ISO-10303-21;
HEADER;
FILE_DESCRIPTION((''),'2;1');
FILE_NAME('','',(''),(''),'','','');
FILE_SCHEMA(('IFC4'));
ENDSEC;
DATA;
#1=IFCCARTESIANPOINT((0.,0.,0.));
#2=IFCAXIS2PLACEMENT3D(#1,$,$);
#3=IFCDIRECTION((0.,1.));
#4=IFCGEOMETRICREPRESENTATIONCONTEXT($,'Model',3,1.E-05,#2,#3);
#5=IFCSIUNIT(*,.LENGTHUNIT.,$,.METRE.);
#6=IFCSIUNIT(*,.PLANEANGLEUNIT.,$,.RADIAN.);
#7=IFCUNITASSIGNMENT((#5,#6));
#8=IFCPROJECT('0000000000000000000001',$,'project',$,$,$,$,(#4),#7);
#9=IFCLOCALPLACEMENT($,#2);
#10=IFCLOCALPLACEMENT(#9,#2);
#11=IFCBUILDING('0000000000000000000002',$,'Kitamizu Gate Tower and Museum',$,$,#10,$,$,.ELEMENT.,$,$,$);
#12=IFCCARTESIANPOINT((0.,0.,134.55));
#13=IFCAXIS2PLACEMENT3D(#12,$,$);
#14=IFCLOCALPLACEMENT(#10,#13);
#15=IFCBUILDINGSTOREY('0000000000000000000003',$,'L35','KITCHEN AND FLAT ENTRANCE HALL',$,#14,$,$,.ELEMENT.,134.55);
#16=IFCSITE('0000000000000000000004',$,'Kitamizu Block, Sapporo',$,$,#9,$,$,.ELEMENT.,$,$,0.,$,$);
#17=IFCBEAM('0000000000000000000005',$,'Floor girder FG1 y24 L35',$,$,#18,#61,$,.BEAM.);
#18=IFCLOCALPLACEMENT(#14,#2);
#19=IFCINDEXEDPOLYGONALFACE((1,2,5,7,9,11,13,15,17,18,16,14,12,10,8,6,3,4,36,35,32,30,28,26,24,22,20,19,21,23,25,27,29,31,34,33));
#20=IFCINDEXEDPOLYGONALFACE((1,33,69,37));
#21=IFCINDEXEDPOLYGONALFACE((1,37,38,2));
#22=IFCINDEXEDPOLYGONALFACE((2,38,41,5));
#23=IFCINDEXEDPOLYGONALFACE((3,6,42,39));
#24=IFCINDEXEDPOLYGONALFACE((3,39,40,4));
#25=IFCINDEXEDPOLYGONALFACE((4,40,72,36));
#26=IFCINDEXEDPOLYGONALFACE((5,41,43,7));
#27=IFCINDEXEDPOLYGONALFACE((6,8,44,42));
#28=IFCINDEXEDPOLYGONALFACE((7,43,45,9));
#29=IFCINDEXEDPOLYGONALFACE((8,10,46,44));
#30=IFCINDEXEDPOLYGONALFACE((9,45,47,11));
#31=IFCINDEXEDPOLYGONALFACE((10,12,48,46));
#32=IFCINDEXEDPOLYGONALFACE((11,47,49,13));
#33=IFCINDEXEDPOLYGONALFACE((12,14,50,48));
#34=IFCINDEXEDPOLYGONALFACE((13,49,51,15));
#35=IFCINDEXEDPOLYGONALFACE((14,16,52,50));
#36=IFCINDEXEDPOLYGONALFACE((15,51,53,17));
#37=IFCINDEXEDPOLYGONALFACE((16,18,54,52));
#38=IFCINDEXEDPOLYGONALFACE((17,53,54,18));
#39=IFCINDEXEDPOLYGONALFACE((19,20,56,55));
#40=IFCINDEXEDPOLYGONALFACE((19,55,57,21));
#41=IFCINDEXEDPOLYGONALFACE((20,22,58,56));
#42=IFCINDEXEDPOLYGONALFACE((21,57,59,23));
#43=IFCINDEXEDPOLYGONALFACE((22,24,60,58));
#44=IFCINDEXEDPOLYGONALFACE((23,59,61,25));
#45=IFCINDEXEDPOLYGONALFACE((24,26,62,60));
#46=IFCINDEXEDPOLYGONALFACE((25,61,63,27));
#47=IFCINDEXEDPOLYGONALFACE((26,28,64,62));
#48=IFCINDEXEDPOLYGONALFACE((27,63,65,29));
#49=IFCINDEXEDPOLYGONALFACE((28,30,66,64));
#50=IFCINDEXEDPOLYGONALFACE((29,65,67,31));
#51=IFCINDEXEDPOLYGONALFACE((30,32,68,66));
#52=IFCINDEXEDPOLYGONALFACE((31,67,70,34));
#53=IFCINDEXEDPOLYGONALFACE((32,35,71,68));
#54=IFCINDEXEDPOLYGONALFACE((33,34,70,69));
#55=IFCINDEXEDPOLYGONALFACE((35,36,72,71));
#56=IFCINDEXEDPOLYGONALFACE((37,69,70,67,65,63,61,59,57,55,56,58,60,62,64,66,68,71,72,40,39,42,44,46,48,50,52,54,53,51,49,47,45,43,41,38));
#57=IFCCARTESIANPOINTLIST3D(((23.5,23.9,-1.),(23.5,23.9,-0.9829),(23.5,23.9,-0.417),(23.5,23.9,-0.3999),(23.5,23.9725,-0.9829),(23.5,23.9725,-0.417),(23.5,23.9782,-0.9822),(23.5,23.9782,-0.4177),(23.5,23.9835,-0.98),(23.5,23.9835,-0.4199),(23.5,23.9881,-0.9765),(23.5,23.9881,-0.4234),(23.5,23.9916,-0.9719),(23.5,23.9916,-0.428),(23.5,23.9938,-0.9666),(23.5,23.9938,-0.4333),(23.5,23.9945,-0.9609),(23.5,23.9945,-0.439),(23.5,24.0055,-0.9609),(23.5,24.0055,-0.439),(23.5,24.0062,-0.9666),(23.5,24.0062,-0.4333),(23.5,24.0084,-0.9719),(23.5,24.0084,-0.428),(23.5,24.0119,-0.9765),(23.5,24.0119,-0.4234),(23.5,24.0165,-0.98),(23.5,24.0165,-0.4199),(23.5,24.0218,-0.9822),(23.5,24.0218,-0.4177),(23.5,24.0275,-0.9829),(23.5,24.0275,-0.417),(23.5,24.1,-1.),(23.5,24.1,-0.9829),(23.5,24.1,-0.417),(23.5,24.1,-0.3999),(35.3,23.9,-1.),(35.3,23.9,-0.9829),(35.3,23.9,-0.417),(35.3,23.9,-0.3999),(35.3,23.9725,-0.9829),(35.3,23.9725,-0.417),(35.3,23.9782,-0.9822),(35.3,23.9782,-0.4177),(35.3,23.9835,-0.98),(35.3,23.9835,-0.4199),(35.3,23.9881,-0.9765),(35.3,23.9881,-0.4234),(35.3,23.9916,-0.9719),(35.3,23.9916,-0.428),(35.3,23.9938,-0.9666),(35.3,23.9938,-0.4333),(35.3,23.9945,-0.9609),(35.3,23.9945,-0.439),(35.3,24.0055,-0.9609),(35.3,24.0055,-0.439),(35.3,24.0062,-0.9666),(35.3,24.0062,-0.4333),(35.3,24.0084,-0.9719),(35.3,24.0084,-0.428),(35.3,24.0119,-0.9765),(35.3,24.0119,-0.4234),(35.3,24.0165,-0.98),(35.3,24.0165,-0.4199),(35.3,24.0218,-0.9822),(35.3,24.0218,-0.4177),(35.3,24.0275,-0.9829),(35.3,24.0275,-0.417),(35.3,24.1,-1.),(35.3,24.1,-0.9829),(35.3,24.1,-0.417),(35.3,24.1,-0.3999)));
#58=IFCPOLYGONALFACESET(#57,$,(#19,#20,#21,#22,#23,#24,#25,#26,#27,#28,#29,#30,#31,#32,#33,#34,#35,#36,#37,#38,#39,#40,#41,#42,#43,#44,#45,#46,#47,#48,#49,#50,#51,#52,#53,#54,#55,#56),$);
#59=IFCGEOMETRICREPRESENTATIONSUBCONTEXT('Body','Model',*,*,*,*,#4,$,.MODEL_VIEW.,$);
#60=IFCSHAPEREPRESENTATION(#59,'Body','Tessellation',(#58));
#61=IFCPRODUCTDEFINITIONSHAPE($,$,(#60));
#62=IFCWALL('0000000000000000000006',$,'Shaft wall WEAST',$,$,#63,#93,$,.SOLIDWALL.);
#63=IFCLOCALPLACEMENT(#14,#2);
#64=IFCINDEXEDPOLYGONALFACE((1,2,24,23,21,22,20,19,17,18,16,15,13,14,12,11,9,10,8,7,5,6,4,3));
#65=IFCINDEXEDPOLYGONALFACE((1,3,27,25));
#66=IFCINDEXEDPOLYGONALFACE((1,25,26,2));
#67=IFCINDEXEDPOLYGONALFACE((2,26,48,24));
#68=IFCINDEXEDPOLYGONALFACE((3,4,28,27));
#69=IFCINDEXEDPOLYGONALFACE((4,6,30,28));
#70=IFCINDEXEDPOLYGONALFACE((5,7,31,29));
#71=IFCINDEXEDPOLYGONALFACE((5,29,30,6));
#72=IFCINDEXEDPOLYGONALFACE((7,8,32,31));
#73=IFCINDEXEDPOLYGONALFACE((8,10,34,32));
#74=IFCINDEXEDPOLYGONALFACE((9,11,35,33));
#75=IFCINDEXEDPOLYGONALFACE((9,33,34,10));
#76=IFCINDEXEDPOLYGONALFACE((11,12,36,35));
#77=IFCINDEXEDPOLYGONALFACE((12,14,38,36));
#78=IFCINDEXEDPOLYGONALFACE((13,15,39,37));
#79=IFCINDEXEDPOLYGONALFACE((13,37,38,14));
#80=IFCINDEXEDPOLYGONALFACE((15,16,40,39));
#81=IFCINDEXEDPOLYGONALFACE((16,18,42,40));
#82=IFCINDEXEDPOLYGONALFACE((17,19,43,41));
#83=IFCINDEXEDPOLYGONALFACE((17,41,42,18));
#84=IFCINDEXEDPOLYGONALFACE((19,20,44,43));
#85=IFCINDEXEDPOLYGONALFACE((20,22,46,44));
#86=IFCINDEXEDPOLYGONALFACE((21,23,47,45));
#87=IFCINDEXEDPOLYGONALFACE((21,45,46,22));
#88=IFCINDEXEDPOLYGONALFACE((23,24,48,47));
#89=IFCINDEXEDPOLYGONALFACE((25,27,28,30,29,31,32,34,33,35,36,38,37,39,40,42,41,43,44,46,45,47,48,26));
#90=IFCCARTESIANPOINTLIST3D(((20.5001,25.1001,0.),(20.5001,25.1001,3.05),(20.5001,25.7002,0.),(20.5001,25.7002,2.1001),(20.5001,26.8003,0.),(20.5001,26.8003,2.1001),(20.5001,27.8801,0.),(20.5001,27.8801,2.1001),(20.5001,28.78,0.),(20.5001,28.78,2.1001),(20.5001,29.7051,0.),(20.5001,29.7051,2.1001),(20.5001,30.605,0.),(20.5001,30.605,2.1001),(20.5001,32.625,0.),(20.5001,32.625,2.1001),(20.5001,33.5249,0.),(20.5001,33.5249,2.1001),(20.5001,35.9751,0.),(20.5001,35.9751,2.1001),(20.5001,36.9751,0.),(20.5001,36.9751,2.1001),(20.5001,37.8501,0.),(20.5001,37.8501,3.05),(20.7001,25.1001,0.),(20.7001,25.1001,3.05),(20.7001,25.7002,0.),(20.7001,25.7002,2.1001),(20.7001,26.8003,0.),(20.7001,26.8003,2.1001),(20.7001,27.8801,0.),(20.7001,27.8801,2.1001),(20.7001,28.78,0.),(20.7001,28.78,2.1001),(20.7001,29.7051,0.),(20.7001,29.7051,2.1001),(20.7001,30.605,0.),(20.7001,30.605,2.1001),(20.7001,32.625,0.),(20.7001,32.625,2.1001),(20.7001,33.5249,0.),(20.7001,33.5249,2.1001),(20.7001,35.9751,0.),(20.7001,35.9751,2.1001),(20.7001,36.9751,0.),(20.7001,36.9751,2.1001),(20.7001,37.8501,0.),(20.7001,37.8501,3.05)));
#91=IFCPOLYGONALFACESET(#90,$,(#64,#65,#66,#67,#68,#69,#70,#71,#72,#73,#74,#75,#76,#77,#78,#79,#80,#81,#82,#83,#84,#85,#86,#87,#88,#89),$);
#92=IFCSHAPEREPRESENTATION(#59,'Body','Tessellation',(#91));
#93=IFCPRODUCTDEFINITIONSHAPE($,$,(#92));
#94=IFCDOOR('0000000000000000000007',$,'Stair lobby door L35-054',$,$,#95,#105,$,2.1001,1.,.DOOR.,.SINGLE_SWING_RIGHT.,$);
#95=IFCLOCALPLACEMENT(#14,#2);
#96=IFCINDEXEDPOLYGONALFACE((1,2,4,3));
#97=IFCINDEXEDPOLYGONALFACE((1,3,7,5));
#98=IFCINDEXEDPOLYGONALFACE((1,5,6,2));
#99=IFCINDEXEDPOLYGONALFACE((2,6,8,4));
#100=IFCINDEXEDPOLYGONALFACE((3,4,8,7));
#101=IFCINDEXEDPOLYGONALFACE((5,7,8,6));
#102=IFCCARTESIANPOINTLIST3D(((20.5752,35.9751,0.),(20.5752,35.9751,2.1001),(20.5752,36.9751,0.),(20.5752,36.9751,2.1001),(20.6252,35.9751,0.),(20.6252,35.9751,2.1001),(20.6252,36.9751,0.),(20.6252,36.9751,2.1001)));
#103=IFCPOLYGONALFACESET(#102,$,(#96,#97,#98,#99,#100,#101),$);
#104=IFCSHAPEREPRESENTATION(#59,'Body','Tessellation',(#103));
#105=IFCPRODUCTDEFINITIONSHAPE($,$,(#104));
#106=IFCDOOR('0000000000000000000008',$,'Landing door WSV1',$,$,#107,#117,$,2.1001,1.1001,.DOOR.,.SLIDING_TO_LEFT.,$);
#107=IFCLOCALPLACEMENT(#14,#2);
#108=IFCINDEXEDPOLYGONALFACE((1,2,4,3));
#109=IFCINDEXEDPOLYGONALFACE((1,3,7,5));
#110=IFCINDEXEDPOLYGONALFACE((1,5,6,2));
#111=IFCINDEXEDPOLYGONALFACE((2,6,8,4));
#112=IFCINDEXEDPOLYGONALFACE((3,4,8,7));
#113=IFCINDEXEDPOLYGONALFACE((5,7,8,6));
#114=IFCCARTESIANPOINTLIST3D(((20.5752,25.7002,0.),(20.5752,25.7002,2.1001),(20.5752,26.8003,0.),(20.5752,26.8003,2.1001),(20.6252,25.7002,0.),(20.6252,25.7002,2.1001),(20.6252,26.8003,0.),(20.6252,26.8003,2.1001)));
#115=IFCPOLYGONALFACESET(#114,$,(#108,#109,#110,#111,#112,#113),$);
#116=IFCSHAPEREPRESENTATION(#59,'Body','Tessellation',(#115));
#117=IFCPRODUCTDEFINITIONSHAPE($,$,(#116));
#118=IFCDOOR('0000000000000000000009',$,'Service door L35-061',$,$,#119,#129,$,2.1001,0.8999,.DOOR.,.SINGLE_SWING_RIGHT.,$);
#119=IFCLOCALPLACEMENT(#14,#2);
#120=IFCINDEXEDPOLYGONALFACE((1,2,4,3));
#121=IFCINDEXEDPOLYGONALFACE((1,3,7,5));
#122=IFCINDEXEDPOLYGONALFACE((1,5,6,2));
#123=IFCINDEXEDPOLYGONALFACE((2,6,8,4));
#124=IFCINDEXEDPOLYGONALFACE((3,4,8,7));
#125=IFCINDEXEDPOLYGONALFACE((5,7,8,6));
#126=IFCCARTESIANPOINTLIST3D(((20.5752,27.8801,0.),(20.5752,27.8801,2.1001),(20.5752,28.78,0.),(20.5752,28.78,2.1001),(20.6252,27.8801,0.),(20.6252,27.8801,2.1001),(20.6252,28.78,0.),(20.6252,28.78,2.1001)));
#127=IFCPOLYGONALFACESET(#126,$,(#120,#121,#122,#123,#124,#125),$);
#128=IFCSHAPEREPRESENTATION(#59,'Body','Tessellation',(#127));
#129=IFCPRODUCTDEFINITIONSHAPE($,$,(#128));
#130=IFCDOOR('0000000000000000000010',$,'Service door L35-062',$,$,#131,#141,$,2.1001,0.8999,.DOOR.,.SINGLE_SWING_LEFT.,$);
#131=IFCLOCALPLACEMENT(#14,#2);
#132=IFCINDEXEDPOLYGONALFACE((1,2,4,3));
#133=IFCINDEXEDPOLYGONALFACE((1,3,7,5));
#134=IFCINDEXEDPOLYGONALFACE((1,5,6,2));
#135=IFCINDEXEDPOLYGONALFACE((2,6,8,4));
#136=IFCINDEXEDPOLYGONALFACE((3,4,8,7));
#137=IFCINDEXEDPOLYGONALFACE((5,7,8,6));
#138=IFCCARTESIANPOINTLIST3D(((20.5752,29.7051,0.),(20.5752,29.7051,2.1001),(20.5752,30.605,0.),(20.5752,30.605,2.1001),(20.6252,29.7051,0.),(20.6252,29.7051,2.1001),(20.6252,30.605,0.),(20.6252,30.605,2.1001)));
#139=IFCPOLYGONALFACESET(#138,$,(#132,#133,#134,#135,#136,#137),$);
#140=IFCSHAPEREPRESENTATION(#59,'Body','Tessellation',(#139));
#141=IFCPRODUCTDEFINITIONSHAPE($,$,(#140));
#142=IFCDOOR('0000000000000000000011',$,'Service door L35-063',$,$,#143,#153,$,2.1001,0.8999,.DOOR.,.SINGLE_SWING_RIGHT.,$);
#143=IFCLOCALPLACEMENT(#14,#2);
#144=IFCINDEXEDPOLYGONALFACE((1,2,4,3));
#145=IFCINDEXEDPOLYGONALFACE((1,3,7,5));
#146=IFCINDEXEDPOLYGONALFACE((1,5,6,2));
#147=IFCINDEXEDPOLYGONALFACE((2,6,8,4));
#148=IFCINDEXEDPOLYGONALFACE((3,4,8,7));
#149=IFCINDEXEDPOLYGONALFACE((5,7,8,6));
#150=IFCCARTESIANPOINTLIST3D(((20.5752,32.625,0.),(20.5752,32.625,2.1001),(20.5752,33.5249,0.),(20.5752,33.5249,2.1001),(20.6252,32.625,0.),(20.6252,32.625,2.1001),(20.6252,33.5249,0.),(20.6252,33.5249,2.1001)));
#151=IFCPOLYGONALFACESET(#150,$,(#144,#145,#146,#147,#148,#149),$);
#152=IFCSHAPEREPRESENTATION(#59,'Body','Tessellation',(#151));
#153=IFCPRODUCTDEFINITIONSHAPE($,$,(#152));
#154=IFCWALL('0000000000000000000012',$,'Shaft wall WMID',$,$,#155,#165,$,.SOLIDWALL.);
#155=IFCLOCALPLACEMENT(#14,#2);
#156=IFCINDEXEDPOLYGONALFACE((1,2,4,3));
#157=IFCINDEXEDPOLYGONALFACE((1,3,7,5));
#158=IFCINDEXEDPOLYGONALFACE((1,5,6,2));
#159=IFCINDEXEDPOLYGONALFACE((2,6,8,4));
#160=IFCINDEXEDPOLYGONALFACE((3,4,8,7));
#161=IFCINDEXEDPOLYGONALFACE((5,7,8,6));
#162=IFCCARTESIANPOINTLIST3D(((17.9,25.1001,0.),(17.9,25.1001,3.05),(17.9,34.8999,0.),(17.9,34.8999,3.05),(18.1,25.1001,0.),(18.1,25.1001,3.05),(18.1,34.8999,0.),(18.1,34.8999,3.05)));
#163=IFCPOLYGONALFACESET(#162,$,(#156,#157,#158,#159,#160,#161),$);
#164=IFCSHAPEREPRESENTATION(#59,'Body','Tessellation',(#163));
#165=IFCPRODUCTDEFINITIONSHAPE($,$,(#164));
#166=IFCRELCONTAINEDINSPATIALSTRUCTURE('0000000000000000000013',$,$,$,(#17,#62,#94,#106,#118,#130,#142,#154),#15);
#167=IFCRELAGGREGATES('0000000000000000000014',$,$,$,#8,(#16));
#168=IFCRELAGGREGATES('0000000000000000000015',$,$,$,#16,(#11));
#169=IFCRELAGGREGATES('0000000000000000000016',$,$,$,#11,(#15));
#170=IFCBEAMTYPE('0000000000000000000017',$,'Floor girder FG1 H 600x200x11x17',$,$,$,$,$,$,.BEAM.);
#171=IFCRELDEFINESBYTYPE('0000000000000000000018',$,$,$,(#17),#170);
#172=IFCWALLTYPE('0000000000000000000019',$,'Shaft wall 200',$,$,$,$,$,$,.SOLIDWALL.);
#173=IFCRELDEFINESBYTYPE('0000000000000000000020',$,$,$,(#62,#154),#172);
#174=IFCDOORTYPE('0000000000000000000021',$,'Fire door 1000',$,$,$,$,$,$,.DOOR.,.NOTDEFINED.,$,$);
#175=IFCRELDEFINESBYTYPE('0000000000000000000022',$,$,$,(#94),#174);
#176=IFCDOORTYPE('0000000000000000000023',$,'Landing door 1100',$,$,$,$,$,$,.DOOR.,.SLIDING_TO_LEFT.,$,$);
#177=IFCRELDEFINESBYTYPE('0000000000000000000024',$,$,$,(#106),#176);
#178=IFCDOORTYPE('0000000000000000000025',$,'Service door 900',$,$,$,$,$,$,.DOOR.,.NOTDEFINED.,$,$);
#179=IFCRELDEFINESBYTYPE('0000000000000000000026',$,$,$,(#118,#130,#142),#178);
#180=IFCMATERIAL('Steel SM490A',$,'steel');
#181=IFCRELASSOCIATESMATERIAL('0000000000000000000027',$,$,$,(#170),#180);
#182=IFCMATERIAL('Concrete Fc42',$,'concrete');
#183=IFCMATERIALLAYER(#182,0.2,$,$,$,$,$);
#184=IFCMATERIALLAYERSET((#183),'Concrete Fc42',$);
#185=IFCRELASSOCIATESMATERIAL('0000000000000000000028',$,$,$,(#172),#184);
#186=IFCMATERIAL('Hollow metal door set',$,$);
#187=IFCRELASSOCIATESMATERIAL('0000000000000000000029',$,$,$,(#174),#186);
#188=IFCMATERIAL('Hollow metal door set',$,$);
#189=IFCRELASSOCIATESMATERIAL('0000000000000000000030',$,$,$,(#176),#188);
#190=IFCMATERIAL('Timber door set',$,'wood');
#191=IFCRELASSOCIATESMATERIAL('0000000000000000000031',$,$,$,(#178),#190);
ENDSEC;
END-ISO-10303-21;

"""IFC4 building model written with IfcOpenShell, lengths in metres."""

from ifc_helpers import new_model, si_unit, direction, frame, frame_2d, origin, origin_2d, place, context, subcontext, project, spatial, rectangle, i_section, extrude, material, layer, layer_set, material_profile, profile_set, type_object, element, fill, save


model = new_model("IFC4")

# Units and contexts
model_context = context("Model", 3, precision=1e-05, world=origin(), true_north=direction((0.0, 1.0)))
body_context = subcontext(model_context, "Body", "Model", "MODEL_VIEW")
ifc_project = project(units=[si_unit("LENGTHUNIT", "METRE"), si_unit("PLANEANGLEUNIT", "RADIAN")], contexts=[model_context])

# Site, building, storey
site_placement = place(None, origin())
site = spatial("IfcSite", under=ifc_project, at=site_placement, Name="Kitamizu Block, Sapporo", CompositionType="ELEMENT", RefElevation=0.0)
building_placement = place(site_placement, origin())
building = spatial("IfcBuilding", under=site, at=building_placement, Name="Kitamizu Gate Tower and Museum", CompositionType="ELEMENT")
storey_placement = place(building_placement, frame((0.0, 0.0, 134.55)))
storey = spatial("IfcBuildingStorey", under=building, at=storey_placement, Name="L35", Description="KITCHEN AND FLAT ENTRANCE HALL", CompositionType="ELEMENT", Elevation=134.55)

# Beam
ifc_material_1 = material(Name="Steel SM490A", Category="steel")
ifc_material_profile = material_profile(ifc_material_1, i_section(OverallWidth=0.2, OverallDepth=0.6001, WebThickness=0.011, FlangeThickness=0.0171, FilletRadius=0.022, at=origin_2d()), Name="H-600x200x11x17")
ifc_profile_set = profile_set([ifc_material_profile], Name="Steel SM490A")
beam_type = type_object("IfcBeamType", Name="Floor girder FG1 H 600x200x11x17", PredefinedType="BEAM", material=ifc_profile_set)
beam_placement = place(storey_placement, frame((23.5, 24.0, -0.7), z_axis=(1.0, 0.0, 0.0), x_axis=(0.0, 1.0, 0.0)))
element("IfcBeam", 1, at=beam_placement, inside=storey, type_object=beam_type, Name="Floor girder FG1 y24 L35", PredefinedType="BEAM", context=body_context, shape_type="SweptSolid", body=[
    extrude(i_section(OverallWidth=0.2, OverallDepth=0.6001, WebThickness=0.011, FlangeThickness=0.0171, FilletRadius=0.022, at=origin_2d()), origin(), (0.0, 0.0, 1.0), 11.8),
])

# Wall, openings, doors
ifc_material_2 = material(Name="Concrete Fc42", Category="concrete")
ifc_layer = layer(ifc_material_2, 0.2)
ifc_layer_set = layer_set([ifc_layer], Name="Concrete Fc42")
wall_type = type_object("IfcWallType", Name="Shaft wall 200", PredefinedType="SOLIDWALL", material=ifc_layer_set)
wall_1_placement = place(storey_placement, frame((20.6001, 25.1001, 0.0), z_axis=(0.0, 0.0, 1.0), x_axis=(0.0, 1.0, 0.0)))
wall_1 = element("IfcWall", 2, at=wall_1_placement, inside=storey, type_object=wall_type, Name="Shaft wall WEAST", PredefinedType="SOLIDWALL", context=body_context, shape_type="SweptSolid", body=[
    extrude(rectangle(XDim=12.75, YDim=0.2, at=frame_2d((6.375, 0.0))), origin(), (0.0, 0.0, 1.0), 3.05),
])
opening_1_placement = place(wall_1_placement, frame((0.6001, 0.0, 0.0)))
opening_1 = element("IfcOpeningElement", 3, at=opening_1_placement, cuts=wall_1, PredefinedType="OPENING", context=body_context, shape_type="SweptSolid", body=[
    extrude(rectangle(XDim=1.1001, YDim=2.1001, at=frame_2d((0.55, 1.05))), frame((0.0, 0.1099, 0.0), z_axis=(0.0, -1.0, 0.0), x_axis=(1.0, 0.0, 0.0)), (0.0, 0.0, 1.0), 0.22),
])
opening_2_placement = place(wall_1_placement, frame((10.875, 0.0, 0.0)))
opening_2 = element("IfcOpeningElement", 4, at=opening_2_placement, cuts=wall_1, PredefinedType="OPENING", context=body_context, shape_type="SweptSolid", body=[
    extrude(rectangle(XDim=1.0, YDim=2.1001, at=frame_2d((0.5, 1.05))), frame((0.0, 0.1099, 0.0), z_axis=(0.0, -1.0, 0.0), x_axis=(1.0, 0.0, 0.0)), (0.0, 0.0, 1.0), 0.22),
])
opening_3_placement = place(wall_1_placement, frame((2.78, 0.0, 0.0)))
opening_3 = element("IfcOpeningElement", 5, at=opening_3_placement, cuts=wall_1, PredefinedType="OPENING", context=body_context, shape_type="SweptSolid", body=[
    extrude(rectangle(XDim=0.8999, YDim=2.1001, at=frame_2d((0.45, 1.05))), frame((0.0, 0.1099, 0.0), z_axis=(0.0, -1.0, 0.0), x_axis=(1.0, 0.0, 0.0)), (0.0, 0.0, 1.0), 0.22),
])
opening_4_placement = place(wall_1_placement, frame((4.605, 0.0, 0.0)))
opening_4 = element("IfcOpeningElement", 6, at=opening_4_placement, cuts=wall_1, PredefinedType="OPENING", context=body_context, shape_type="SweptSolid", body=[
    extrude(rectangle(XDim=0.8999, YDim=2.1001, at=frame_2d((0.45, 1.05))), frame((0.0, 0.1099, 0.0), z_axis=(0.0, -1.0, 0.0), x_axis=(1.0, 0.0, 0.0)), (0.0, 0.0, 1.0), 0.22),
])
opening_5_placement = place(wall_1_placement, frame((7.5249, 0.0, 0.0)))
opening_5 = element("IfcOpeningElement", 7, at=opening_5_placement, cuts=wall_1, PredefinedType="OPENING", context=body_context, shape_type="SweptSolid", body=[
    extrude(rectangle(XDim=0.8999, YDim=2.1001, at=frame_2d((0.45, 1.05))), frame((0.0, 0.1099, 0.0), z_axis=(0.0, -1.0, 0.0), x_axis=(1.0, 0.0, 0.0)), (0.0, 0.0, 1.0), 0.22),
])
ifc_material_3 = material(Name="Hollow metal door set")
door_type_1 = type_object("IfcDoorType", Name="Fire door 1000", OperationType="NOTDEFINED", PredefinedType="DOOR", material=ifc_material_3)
door_1_placement = place(opening_2_placement, origin())
door_1 = element("IfcDoor", 8, at=door_1_placement, inside=storey, type_object=door_type_1, Name="Stair lobby door L35-054", OperationType="SINGLE_SWING_RIGHT", OverallHeight=2.1001, OverallWidth=1.0, PredefinedType="DOOR", context=body_context, shape_type="SweptSolid", body=[
    extrude(rectangle(XDim=1.0, YDim=2.1001, at=frame_2d((0.5, 1.05))), frame((0.0, 0.0249, 0.0), z_axis=(0.0, -1.0, 0.0), x_axis=(1.0, 0.0, 0.0)), (0.0, 0.0, 1.0), 0.05),
])
fill(opening_2, door_1)
ifc_material_4 = material(Name="Hollow metal door set")
door_type_2 = type_object("IfcDoorType", Name="Landing door 1100", OperationType="SLIDING_TO_LEFT", PredefinedType="DOOR", material=ifc_material_4)
door_2_placement = place(opening_1_placement, origin())
door_2 = element("IfcDoor", 9, at=door_2_placement, inside=storey, type_object=door_type_2, Name="Landing door WSV1", OperationType="SLIDING_TO_LEFT", OverallHeight=2.1001, OverallWidth=1.1001, PredefinedType="DOOR", context=body_context, shape_type="SweptSolid", body=[
    extrude(rectangle(XDim=1.1001, YDim=2.1001, at=frame_2d((0.55, 1.05))), frame((0.0, 0.0249, 0.0), z_axis=(0.0, -1.0, 0.0), x_axis=(1.0, 0.0, 0.0)), (0.0, 0.0, 1.0), 0.05),
])
fill(opening_1, door_2)
ifc_material_5 = material(Name="Timber door set", Category="wood")
door_type_3 = type_object("IfcDoorType", Name="Service door 900", OperationType="NOTDEFINED", PredefinedType="DOOR", material=ifc_material_5)
door_3_placement = place(opening_3_placement, origin())
door_3 = element("IfcDoor", 10, at=door_3_placement, inside=storey, type_object=door_type_3, Name="Service door L35-061", OperationType="SINGLE_SWING_RIGHT", OverallHeight=2.1001, OverallWidth=0.8999, PredefinedType="DOOR", context=body_context, shape_type="SweptSolid", body=[
    extrude(rectangle(XDim=0.8999, YDim=2.1001, at=frame_2d((0.45, 1.05))), frame((0.0, 0.0249, 0.0), z_axis=(0.0, -1.0, 0.0), x_axis=(1.0, 0.0, 0.0)), (0.0, 0.0, 1.0), 0.05),
])
fill(opening_3, door_3)
door_4_placement = place(opening_4_placement, origin())
door_4 = element("IfcDoor", 11, at=door_4_placement, inside=storey, type_object=door_type_3, Name="Service door L35-062", OperationType="SINGLE_SWING_LEFT", OverallHeight=2.1001, OverallWidth=0.8999, PredefinedType="DOOR", context=body_context, shape_type="SweptSolid", body=[
    extrude(rectangle(XDim=0.8999, YDim=2.1001, at=frame_2d((0.45, 1.05))), frame((0.0, 0.0249, 0.0), z_axis=(0.0, -1.0, 0.0), x_axis=(1.0, 0.0, 0.0)), (0.0, 0.0, 1.0), 0.05),
])
fill(opening_4, door_4)
door_5_placement = place(opening_5_placement, origin())
door_5 = element("IfcDoor", 12, at=door_5_placement, inside=storey, type_object=door_type_3, Name="Service door L35-063", OperationType="SINGLE_SWING_RIGHT", OverallHeight=2.1001, OverallWidth=0.8999, PredefinedType="DOOR", context=body_context, shape_type="SweptSolid", body=[
    extrude(rectangle(XDim=0.8999, YDim=2.1001, at=frame_2d((0.45, 1.05))), frame((0.0, 0.0249, 0.0), z_axis=(0.0, -1.0, 0.0), x_axis=(1.0, 0.0, 0.0)), (0.0, 0.0, 1.0), 0.05),
])
fill(opening_5, door_5)

# Wall
wall_2_placement = place(storey_placement, frame((18.0, 25.1001, 0.0), z_axis=(0.0, 0.0, 1.0), x_axis=(0.0, 1.0, 0.0)))
element("IfcWall", 13, at=wall_2_placement, inside=storey, type_object=wall_type, Name="Shaft wall WMID", PredefinedType="SOLIDWALL", context=body_context, shape_type="SweptSolid", body=[
    extrude(rectangle(XDim=9.7998, YDim=0.2, at=frame_2d((4.8999, 0.0))), origin(), (0.0, 0.0, 1.0), 3.05),
])

save(model, "model.ifc")
